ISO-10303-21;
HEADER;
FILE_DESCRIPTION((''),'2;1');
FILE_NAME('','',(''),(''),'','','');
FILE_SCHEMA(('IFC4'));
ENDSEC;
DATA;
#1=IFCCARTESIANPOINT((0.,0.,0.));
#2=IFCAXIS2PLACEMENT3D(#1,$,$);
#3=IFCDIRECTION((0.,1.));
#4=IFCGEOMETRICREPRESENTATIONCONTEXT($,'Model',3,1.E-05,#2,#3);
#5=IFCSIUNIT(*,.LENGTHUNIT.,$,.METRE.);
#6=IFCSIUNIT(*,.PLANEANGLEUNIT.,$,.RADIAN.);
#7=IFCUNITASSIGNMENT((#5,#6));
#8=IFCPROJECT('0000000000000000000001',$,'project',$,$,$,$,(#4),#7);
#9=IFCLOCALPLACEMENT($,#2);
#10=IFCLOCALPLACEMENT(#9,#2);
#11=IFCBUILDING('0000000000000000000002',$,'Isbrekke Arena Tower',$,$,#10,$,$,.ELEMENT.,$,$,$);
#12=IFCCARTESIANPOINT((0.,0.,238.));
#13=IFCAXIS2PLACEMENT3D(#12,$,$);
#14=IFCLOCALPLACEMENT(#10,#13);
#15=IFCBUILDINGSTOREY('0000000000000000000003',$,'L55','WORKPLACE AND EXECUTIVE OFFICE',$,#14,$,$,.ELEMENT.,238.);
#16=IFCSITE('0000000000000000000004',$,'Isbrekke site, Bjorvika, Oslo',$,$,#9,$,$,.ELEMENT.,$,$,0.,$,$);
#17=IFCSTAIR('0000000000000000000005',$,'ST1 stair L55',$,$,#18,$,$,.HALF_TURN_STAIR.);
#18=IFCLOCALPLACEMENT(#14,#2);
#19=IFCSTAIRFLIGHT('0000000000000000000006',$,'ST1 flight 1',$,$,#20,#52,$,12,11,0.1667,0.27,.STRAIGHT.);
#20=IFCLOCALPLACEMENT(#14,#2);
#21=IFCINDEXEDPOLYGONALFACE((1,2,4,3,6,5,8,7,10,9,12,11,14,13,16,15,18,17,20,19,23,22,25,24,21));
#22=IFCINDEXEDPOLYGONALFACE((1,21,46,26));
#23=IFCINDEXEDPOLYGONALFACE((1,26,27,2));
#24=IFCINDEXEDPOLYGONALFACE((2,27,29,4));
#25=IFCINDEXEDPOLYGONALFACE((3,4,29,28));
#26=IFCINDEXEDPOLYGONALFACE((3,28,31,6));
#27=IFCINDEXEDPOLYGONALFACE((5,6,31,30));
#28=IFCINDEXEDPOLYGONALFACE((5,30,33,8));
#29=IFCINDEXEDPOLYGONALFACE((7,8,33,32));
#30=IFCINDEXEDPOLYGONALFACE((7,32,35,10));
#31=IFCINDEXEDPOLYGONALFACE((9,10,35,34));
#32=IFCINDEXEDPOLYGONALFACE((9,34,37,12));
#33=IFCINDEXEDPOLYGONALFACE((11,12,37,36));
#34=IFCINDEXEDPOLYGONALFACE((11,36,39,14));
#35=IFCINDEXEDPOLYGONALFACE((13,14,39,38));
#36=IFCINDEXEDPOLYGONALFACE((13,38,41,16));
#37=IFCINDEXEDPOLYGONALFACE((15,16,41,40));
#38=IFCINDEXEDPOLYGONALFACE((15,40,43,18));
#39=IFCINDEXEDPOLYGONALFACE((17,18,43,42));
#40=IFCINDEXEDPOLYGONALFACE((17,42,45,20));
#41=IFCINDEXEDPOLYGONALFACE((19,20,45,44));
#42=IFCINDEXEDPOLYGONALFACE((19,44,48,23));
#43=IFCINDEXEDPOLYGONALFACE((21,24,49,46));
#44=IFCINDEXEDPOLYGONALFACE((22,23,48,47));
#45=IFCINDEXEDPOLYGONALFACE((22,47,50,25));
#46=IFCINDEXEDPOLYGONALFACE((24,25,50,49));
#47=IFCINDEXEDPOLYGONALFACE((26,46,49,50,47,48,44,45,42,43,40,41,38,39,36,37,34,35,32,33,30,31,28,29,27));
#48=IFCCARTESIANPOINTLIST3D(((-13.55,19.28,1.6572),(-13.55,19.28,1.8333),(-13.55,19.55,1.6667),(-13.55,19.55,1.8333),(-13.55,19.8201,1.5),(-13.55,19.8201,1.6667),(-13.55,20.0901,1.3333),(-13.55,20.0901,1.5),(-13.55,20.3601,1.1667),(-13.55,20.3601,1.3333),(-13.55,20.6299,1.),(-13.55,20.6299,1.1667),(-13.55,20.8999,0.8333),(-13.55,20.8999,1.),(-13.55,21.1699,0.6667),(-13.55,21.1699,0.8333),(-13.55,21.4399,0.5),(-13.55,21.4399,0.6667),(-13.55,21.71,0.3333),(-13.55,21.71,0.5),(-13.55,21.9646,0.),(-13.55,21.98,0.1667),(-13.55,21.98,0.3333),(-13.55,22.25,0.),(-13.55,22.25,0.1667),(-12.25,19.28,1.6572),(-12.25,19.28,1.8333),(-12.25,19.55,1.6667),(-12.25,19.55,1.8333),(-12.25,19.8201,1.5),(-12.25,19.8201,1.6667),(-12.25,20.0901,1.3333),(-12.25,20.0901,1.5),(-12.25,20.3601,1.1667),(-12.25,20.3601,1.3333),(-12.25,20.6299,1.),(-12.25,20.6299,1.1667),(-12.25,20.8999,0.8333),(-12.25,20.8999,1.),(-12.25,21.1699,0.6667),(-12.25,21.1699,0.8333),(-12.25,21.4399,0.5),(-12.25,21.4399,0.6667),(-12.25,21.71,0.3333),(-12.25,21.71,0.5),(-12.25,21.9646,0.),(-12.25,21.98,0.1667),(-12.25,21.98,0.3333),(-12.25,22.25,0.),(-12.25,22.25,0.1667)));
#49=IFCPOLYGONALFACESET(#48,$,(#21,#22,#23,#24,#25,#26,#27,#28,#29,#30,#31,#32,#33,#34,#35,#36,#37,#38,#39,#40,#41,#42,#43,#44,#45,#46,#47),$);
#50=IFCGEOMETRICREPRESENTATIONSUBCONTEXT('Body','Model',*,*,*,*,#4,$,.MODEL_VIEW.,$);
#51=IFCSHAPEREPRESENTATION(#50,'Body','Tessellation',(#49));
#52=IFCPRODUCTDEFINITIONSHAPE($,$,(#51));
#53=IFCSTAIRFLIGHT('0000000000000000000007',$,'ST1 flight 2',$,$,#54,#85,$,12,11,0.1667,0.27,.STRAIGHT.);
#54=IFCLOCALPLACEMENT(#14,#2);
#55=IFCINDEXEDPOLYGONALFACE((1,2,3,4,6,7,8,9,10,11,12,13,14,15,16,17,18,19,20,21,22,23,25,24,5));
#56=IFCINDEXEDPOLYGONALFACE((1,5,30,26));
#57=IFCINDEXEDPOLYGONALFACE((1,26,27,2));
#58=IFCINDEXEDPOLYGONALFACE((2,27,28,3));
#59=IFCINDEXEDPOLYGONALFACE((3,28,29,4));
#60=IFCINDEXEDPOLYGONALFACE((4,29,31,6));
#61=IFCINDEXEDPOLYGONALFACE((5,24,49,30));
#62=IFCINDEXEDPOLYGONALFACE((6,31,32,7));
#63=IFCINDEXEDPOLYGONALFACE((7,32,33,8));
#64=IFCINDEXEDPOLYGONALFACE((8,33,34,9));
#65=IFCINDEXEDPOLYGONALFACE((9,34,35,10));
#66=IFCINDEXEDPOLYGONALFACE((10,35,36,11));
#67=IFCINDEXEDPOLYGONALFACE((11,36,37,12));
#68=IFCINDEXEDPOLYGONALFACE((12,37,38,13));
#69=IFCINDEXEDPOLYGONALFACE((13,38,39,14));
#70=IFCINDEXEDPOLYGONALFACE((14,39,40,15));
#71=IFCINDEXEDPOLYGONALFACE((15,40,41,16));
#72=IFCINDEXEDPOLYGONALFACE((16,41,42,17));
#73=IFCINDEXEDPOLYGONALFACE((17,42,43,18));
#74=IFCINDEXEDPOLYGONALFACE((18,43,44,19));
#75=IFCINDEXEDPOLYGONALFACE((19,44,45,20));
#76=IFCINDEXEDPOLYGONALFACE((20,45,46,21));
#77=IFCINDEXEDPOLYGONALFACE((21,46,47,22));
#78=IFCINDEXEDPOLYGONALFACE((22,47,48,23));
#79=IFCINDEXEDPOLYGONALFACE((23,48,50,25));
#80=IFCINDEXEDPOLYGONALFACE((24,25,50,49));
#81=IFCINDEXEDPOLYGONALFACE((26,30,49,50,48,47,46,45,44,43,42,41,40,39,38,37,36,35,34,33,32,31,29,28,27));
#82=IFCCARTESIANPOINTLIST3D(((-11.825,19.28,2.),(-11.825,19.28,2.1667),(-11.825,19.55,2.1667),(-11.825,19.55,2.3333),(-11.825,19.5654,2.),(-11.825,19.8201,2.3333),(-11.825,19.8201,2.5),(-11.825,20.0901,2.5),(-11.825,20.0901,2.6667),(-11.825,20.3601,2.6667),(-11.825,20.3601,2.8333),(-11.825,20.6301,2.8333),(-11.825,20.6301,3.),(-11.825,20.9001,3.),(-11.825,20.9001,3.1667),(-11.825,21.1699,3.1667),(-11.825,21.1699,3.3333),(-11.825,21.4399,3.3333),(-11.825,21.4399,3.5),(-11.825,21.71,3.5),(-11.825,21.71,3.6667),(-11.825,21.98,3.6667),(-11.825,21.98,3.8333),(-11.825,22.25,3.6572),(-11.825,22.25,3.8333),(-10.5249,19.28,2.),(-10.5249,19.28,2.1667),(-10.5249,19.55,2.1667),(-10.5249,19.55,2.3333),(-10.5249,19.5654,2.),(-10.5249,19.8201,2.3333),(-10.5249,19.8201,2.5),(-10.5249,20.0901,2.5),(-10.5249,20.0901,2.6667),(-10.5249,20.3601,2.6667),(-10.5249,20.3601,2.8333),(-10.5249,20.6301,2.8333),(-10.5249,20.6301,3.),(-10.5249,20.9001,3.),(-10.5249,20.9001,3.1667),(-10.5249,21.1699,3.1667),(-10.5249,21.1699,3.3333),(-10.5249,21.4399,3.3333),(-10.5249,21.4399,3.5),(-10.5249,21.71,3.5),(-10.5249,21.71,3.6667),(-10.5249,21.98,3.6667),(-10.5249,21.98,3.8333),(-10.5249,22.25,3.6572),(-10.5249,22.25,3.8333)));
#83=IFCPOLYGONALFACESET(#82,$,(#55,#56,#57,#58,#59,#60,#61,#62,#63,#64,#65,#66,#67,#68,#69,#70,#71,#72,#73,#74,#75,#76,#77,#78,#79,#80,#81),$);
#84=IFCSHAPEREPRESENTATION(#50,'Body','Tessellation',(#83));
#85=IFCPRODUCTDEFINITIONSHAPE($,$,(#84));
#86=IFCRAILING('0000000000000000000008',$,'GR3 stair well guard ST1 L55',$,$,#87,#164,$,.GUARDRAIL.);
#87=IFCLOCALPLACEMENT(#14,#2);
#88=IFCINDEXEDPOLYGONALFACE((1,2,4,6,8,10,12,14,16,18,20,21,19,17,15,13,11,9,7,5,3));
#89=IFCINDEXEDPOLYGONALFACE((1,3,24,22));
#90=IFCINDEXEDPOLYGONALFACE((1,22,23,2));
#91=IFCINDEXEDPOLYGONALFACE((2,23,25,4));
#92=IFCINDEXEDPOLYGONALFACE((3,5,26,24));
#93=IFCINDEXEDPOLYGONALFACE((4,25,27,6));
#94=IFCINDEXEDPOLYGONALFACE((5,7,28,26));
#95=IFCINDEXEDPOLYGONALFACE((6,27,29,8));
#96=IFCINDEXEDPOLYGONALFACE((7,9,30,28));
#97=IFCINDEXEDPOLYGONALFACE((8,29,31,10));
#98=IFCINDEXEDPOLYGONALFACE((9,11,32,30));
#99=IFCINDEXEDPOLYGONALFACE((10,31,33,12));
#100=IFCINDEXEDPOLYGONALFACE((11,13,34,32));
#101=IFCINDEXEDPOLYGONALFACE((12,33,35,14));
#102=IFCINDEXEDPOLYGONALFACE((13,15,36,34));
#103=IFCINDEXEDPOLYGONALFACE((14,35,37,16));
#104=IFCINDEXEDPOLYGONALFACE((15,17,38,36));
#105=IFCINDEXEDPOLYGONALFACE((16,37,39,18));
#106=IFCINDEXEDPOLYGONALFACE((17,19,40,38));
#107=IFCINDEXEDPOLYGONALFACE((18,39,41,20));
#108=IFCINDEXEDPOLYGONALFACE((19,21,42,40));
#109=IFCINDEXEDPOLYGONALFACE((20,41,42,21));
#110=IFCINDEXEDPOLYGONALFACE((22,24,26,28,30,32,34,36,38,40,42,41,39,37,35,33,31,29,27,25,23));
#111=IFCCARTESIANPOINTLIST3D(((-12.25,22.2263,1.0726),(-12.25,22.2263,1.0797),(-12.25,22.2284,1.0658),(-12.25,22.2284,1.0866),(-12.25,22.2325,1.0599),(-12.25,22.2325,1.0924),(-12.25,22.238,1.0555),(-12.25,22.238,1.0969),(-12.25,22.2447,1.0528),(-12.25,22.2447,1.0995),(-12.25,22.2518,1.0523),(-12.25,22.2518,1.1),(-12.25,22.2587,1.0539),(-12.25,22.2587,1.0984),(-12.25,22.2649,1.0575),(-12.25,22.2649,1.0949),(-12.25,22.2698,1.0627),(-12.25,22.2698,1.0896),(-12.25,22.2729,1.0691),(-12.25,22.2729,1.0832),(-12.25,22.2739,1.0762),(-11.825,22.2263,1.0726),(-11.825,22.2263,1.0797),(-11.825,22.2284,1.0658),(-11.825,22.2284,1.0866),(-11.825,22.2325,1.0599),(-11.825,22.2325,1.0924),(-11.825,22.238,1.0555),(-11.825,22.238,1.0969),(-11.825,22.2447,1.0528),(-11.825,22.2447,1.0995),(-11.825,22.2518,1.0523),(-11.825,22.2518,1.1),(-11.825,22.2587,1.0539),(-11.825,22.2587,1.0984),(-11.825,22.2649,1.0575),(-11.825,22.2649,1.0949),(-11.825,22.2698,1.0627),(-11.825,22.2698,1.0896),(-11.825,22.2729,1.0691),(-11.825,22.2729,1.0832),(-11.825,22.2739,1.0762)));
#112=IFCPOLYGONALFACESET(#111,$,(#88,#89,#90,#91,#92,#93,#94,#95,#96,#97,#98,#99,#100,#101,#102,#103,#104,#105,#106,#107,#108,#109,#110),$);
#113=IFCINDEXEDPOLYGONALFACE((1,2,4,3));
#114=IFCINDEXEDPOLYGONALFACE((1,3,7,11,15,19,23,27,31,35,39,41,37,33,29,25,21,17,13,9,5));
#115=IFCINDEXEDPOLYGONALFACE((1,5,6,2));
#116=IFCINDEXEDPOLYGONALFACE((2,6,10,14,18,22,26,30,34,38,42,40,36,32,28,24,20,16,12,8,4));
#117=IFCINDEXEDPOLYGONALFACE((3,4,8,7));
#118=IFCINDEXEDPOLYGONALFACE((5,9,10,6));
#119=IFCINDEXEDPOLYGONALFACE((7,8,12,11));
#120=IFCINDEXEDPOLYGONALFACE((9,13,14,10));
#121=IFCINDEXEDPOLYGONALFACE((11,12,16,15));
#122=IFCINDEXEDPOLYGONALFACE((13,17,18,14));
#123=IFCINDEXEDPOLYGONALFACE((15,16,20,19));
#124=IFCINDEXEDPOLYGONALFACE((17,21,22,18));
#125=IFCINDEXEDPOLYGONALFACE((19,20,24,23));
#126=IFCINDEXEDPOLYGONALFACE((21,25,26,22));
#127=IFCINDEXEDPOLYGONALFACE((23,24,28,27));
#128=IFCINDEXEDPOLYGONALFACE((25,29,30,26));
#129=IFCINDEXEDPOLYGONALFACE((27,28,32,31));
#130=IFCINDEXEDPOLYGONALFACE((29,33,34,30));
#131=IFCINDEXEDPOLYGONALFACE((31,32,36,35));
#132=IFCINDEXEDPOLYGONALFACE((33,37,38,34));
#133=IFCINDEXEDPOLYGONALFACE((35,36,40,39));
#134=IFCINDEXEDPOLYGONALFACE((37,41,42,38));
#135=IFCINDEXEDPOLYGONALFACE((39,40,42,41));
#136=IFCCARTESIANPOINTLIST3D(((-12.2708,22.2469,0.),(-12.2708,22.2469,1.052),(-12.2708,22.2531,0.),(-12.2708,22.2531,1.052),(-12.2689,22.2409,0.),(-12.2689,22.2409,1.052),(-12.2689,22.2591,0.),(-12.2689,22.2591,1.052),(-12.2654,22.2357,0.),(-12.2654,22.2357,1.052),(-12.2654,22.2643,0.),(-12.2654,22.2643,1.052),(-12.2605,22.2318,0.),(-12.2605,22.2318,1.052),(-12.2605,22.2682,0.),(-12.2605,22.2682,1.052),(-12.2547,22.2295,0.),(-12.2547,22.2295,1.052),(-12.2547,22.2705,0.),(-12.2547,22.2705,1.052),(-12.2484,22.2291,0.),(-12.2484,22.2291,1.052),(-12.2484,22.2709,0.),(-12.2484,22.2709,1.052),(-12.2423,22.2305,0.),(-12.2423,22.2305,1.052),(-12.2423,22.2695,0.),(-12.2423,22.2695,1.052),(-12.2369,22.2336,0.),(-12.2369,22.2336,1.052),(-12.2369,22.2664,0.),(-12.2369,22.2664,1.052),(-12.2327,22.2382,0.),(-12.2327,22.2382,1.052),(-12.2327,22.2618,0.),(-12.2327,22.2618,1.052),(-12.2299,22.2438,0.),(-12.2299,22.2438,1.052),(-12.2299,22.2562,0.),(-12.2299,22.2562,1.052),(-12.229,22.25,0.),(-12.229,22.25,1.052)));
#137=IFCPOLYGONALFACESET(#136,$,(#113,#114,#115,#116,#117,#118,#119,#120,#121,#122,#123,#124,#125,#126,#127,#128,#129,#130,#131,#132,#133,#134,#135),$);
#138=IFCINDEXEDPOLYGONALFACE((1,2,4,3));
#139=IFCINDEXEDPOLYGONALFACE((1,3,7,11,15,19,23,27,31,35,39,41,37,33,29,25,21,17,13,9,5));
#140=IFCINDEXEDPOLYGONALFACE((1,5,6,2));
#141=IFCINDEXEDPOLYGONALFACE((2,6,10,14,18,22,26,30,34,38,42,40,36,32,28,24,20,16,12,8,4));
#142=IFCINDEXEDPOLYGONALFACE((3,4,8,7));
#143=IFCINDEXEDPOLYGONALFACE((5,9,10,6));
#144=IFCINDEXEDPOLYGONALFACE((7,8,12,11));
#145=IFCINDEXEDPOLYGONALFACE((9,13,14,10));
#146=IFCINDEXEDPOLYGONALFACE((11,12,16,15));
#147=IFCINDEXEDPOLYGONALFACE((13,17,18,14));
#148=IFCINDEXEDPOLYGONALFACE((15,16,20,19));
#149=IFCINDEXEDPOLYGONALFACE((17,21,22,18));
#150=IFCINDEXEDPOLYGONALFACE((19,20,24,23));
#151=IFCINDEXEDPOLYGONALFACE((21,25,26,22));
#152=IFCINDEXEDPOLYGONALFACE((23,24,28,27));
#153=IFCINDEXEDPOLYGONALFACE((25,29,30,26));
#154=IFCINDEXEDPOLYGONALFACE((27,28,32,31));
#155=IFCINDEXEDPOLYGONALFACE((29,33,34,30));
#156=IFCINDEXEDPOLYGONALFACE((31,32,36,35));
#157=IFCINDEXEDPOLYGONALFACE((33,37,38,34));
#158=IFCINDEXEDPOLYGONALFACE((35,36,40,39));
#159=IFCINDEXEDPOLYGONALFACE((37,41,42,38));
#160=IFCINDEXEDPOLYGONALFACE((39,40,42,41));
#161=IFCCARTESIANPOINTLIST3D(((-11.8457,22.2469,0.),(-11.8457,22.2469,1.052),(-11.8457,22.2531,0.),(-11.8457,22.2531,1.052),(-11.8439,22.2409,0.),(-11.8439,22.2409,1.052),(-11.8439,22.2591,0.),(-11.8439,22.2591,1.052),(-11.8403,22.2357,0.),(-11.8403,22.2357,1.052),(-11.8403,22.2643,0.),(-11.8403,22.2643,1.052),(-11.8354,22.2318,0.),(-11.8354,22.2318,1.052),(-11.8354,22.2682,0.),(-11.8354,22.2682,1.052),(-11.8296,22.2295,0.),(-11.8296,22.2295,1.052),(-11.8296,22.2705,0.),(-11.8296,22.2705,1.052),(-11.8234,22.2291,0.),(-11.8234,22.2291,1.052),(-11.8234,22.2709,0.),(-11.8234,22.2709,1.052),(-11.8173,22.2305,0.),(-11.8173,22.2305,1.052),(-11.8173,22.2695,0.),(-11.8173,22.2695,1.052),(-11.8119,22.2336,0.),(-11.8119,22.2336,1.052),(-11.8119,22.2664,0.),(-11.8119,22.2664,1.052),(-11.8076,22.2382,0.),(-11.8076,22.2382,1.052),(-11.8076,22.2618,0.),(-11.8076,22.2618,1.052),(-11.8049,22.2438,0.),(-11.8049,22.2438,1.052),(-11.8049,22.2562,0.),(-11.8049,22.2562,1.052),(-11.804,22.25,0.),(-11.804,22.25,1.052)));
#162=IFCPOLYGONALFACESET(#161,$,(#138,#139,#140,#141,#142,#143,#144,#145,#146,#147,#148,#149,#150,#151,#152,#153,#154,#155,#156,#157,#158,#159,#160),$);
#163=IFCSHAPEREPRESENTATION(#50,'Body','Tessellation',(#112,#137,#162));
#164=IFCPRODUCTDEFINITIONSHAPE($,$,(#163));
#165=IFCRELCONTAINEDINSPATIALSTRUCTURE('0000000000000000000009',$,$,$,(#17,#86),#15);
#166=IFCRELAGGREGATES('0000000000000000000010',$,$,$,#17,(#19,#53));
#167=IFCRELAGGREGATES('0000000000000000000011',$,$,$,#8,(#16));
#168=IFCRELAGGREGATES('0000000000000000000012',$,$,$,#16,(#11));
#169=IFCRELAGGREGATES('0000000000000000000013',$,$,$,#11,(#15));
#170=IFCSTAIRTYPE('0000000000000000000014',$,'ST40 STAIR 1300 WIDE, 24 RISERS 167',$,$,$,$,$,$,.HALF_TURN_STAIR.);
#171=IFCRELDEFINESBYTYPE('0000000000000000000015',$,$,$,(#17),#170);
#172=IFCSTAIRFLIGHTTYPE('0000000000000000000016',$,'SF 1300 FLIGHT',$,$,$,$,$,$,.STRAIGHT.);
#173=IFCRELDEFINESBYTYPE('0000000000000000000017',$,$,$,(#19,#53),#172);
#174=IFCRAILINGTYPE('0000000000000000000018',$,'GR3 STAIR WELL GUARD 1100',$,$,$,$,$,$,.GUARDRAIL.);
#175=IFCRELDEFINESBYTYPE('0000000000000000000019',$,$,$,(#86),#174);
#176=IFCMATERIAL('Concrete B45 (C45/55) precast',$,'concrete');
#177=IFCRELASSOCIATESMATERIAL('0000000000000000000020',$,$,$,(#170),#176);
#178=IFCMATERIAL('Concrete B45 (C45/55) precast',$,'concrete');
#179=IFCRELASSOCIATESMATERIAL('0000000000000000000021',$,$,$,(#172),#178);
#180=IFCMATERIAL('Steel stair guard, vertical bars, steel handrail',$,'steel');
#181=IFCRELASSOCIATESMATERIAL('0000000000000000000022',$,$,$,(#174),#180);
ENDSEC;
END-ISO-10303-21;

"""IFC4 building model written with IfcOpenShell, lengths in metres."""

from ifc_helpers import new_model, si_unit, direction, frame, origin, origin_2d, place, context, subcontext, project, spatial, polyline, circle, outline, extrude, material, type_object, element, aggregate, save


model = new_model("IFC4")

# Units and contexts
model_context = context("Model", 3, precision=1e-05, world=origin(), true_north=direction((0.0, 1.0)))
body_context = subcontext(model_context, "Body", "Model", "MODEL_VIEW")
ifc_project = project(units=[si_unit("LENGTHUNIT", "METRE"), si_unit("PLANEANGLEUNIT", "RADIAN")], contexts=[model_context])

# Site, building, storey
site_placement = place(None, origin())
site = spatial("IfcSite", under=ifc_project, at=site_placement, Name="Isbrekke site, Bjorvika, Oslo", CompositionType="ELEMENT", RefElevation=0.0)
building_placement = place(site_placement, origin())
building = spatial("IfcBuilding", under=site, at=building_placement, Name="Isbrekke Arena Tower", CompositionType="ELEMENT")
storey_placement = place(building_placement, frame((0.0, 0.0, 238.0)))
storey = spatial("IfcBuildingStorey", under=building, at=storey_placement, Name="L55", Description="WORKPLACE AND EXECUTIVE OFFICE", CompositionType="ELEMENT", Elevation=238.0)

# Stair, stair flights
ifc_material_1 = material(Name="Concrete B45 (C45/55) precast", Category="concrete")
stair_type = type_object("IfcStairType", Name="ST40 STAIR 1300 WIDE, 24 RISERS 167", PredefinedType="HALF_TURN_STAIR", material=ifc_material_1)
stair_placement = place(storey_placement, origin())
stair = element("IfcStair", 1, at=stair_placement, inside=storey, type_object=stair_type, Name="ST1 stair L55", PredefinedType="HALF_TURN_STAIR")
ifc_material_2 = material(Name="Concrete B45 (C45/55) precast", Category="concrete")
stair_flight_type = type_object("IfcStairFlightType", Name="SF 1300 FLIGHT", PredefinedType="STRAIGHT", material=ifc_material_2)
stair_flight_1_placement = place(storey_placement, frame((-12.8999, 22.25, 0.0), z_axis=(0.0, 0.0, 1.0), x_axis=(0.0, -1.0, 0.0)))
stair_flight_1 = element("IfcStairFlight", 2, at=stair_flight_1_placement, type_object=stair_flight_type, Name="ST1 flight 1", NumberOfRisers=12, NumberOfTreads=11, PredefinedType="STRAIGHT", RiserHeight=0.1667, TreadLength=0.27, context=body_context, shape_type="SweptSolid", body=[
    extrude(outline(polyline([(0.0, 0.0), (0.0, 0.1667), (0.27, 0.1667), (0.27, 0.3333), (0.54, 0.3333), (0.54, 0.5), (0.8101, 0.5), (0.8101, 0.6667), (1.0801, 0.6667), (1.0801, 0.8333), (1.3501, 0.8333), (1.3501, 1.0), (1.6201, 1.0), (1.6201, 1.1667), (1.8899, 1.1667), (1.8899, 1.3333), (2.1599, 1.3333), (2.1599, 1.5), (2.4299, 1.5), (2.4299, 1.6667), (2.7, 1.6667), (2.7, 1.8333), (2.97, 1.8333), (2.97, 2.0), (2.97, 1.6572), (0.2854, 0.0), (0.0, 0.0)])), frame((0.0, 0.6499, 0.0), z_axis=(0.0, -1.0, 0.0), x_axis=(1.0, 0.0, 0.0)), (0.0, 0.0, 1.0), 1.3),
])
stair_flight_2_placement = place(storey_placement, frame((-11.175, 19.28, 2.0), z_axis=(0.0, 0.0, 1.0), x_axis=(0.0, 1.0, 0.0)))
stair_flight_2 = element("IfcStairFlight", 3, at=stair_flight_2_placement, type_object=stair_flight_type, Name="ST1 flight 2", NumberOfRisers=12, NumberOfTreads=11, PredefinedType="STRAIGHT", RiserHeight=0.1667, TreadLength=0.27, context=body_context, shape_type="SweptSolid", body=[
    extrude(outline(polyline([(0.0, 0.0), (0.0, 0.1667), (0.27, 0.1667), (0.27, 0.3333), (0.54, 0.3333), (0.54, 0.5), (0.8101, 0.5), (0.8101, 0.6667), (1.0801, 0.6667), (1.0801, 0.8333), (1.3501, 0.8333), (1.3501, 1.0), (1.6201, 1.0), (1.6201, 1.1667), (1.8899, 1.1667), (1.8899, 1.3333), (2.1599, 1.3333), (2.1599, 1.5), (2.4299, 1.5), (2.4299, 1.6667), (2.7, 1.6667), (2.7, 1.8333), (2.97, 1.8333), (2.97, 2.0), (2.97, 1.6572), (0.2854, 0.0), (0.0, 0.0)])), frame((0.0, 0.6499, 0.0), z_axis=(0.0, -1.0, 0.0), x_axis=(1.0, 0.0, 0.0)), (0.0, 0.0, 1.0), 1.3),
])
aggregate(stair, [stair_flight_1, stair_flight_2])

# Railing
ifc_material_3 = material(Name="Steel stair guard, vertical bars, steel handrail", Category="steel")
railing_type = type_object("IfcRailingType", Name="GR3 STAIR WELL GUARD 1100", PredefinedType="GUARDRAIL", material=ifc_material_3)
for number, where, name in (
    (4, (-12.25, 22.25, 0.0), "GR3 stair well guard ST1 L55"),
):
    element("IfcRailing", number, at=place(storey_placement, frame(where)), inside=storey, type_object=railing_type, Name=name, PredefinedType="GUARDRAIL", context=body_context, shape_type="SweptSolid", body=[
        extrude(circle(Radius=0.0239, at=origin_2d()), frame((0.0, 0.0, 1.0762), z_axis=(1.0, 0.0, 0.0), x_axis=(0.0, 1.0, 0.0)), (0.0, 0.0, 1.0), 0.425),
        extrude(circle(Radius=0.021, at=origin_2d()), origin(), (0.0, 0.0, 1.0), 1.052),
        extrude(circle(Radius=0.021, at=origin_2d()), frame((0.425, 0.0, 0.0)), (0.0, 0.0, 1.0), 1.052),
    ])

save(model, "model.ifc")
